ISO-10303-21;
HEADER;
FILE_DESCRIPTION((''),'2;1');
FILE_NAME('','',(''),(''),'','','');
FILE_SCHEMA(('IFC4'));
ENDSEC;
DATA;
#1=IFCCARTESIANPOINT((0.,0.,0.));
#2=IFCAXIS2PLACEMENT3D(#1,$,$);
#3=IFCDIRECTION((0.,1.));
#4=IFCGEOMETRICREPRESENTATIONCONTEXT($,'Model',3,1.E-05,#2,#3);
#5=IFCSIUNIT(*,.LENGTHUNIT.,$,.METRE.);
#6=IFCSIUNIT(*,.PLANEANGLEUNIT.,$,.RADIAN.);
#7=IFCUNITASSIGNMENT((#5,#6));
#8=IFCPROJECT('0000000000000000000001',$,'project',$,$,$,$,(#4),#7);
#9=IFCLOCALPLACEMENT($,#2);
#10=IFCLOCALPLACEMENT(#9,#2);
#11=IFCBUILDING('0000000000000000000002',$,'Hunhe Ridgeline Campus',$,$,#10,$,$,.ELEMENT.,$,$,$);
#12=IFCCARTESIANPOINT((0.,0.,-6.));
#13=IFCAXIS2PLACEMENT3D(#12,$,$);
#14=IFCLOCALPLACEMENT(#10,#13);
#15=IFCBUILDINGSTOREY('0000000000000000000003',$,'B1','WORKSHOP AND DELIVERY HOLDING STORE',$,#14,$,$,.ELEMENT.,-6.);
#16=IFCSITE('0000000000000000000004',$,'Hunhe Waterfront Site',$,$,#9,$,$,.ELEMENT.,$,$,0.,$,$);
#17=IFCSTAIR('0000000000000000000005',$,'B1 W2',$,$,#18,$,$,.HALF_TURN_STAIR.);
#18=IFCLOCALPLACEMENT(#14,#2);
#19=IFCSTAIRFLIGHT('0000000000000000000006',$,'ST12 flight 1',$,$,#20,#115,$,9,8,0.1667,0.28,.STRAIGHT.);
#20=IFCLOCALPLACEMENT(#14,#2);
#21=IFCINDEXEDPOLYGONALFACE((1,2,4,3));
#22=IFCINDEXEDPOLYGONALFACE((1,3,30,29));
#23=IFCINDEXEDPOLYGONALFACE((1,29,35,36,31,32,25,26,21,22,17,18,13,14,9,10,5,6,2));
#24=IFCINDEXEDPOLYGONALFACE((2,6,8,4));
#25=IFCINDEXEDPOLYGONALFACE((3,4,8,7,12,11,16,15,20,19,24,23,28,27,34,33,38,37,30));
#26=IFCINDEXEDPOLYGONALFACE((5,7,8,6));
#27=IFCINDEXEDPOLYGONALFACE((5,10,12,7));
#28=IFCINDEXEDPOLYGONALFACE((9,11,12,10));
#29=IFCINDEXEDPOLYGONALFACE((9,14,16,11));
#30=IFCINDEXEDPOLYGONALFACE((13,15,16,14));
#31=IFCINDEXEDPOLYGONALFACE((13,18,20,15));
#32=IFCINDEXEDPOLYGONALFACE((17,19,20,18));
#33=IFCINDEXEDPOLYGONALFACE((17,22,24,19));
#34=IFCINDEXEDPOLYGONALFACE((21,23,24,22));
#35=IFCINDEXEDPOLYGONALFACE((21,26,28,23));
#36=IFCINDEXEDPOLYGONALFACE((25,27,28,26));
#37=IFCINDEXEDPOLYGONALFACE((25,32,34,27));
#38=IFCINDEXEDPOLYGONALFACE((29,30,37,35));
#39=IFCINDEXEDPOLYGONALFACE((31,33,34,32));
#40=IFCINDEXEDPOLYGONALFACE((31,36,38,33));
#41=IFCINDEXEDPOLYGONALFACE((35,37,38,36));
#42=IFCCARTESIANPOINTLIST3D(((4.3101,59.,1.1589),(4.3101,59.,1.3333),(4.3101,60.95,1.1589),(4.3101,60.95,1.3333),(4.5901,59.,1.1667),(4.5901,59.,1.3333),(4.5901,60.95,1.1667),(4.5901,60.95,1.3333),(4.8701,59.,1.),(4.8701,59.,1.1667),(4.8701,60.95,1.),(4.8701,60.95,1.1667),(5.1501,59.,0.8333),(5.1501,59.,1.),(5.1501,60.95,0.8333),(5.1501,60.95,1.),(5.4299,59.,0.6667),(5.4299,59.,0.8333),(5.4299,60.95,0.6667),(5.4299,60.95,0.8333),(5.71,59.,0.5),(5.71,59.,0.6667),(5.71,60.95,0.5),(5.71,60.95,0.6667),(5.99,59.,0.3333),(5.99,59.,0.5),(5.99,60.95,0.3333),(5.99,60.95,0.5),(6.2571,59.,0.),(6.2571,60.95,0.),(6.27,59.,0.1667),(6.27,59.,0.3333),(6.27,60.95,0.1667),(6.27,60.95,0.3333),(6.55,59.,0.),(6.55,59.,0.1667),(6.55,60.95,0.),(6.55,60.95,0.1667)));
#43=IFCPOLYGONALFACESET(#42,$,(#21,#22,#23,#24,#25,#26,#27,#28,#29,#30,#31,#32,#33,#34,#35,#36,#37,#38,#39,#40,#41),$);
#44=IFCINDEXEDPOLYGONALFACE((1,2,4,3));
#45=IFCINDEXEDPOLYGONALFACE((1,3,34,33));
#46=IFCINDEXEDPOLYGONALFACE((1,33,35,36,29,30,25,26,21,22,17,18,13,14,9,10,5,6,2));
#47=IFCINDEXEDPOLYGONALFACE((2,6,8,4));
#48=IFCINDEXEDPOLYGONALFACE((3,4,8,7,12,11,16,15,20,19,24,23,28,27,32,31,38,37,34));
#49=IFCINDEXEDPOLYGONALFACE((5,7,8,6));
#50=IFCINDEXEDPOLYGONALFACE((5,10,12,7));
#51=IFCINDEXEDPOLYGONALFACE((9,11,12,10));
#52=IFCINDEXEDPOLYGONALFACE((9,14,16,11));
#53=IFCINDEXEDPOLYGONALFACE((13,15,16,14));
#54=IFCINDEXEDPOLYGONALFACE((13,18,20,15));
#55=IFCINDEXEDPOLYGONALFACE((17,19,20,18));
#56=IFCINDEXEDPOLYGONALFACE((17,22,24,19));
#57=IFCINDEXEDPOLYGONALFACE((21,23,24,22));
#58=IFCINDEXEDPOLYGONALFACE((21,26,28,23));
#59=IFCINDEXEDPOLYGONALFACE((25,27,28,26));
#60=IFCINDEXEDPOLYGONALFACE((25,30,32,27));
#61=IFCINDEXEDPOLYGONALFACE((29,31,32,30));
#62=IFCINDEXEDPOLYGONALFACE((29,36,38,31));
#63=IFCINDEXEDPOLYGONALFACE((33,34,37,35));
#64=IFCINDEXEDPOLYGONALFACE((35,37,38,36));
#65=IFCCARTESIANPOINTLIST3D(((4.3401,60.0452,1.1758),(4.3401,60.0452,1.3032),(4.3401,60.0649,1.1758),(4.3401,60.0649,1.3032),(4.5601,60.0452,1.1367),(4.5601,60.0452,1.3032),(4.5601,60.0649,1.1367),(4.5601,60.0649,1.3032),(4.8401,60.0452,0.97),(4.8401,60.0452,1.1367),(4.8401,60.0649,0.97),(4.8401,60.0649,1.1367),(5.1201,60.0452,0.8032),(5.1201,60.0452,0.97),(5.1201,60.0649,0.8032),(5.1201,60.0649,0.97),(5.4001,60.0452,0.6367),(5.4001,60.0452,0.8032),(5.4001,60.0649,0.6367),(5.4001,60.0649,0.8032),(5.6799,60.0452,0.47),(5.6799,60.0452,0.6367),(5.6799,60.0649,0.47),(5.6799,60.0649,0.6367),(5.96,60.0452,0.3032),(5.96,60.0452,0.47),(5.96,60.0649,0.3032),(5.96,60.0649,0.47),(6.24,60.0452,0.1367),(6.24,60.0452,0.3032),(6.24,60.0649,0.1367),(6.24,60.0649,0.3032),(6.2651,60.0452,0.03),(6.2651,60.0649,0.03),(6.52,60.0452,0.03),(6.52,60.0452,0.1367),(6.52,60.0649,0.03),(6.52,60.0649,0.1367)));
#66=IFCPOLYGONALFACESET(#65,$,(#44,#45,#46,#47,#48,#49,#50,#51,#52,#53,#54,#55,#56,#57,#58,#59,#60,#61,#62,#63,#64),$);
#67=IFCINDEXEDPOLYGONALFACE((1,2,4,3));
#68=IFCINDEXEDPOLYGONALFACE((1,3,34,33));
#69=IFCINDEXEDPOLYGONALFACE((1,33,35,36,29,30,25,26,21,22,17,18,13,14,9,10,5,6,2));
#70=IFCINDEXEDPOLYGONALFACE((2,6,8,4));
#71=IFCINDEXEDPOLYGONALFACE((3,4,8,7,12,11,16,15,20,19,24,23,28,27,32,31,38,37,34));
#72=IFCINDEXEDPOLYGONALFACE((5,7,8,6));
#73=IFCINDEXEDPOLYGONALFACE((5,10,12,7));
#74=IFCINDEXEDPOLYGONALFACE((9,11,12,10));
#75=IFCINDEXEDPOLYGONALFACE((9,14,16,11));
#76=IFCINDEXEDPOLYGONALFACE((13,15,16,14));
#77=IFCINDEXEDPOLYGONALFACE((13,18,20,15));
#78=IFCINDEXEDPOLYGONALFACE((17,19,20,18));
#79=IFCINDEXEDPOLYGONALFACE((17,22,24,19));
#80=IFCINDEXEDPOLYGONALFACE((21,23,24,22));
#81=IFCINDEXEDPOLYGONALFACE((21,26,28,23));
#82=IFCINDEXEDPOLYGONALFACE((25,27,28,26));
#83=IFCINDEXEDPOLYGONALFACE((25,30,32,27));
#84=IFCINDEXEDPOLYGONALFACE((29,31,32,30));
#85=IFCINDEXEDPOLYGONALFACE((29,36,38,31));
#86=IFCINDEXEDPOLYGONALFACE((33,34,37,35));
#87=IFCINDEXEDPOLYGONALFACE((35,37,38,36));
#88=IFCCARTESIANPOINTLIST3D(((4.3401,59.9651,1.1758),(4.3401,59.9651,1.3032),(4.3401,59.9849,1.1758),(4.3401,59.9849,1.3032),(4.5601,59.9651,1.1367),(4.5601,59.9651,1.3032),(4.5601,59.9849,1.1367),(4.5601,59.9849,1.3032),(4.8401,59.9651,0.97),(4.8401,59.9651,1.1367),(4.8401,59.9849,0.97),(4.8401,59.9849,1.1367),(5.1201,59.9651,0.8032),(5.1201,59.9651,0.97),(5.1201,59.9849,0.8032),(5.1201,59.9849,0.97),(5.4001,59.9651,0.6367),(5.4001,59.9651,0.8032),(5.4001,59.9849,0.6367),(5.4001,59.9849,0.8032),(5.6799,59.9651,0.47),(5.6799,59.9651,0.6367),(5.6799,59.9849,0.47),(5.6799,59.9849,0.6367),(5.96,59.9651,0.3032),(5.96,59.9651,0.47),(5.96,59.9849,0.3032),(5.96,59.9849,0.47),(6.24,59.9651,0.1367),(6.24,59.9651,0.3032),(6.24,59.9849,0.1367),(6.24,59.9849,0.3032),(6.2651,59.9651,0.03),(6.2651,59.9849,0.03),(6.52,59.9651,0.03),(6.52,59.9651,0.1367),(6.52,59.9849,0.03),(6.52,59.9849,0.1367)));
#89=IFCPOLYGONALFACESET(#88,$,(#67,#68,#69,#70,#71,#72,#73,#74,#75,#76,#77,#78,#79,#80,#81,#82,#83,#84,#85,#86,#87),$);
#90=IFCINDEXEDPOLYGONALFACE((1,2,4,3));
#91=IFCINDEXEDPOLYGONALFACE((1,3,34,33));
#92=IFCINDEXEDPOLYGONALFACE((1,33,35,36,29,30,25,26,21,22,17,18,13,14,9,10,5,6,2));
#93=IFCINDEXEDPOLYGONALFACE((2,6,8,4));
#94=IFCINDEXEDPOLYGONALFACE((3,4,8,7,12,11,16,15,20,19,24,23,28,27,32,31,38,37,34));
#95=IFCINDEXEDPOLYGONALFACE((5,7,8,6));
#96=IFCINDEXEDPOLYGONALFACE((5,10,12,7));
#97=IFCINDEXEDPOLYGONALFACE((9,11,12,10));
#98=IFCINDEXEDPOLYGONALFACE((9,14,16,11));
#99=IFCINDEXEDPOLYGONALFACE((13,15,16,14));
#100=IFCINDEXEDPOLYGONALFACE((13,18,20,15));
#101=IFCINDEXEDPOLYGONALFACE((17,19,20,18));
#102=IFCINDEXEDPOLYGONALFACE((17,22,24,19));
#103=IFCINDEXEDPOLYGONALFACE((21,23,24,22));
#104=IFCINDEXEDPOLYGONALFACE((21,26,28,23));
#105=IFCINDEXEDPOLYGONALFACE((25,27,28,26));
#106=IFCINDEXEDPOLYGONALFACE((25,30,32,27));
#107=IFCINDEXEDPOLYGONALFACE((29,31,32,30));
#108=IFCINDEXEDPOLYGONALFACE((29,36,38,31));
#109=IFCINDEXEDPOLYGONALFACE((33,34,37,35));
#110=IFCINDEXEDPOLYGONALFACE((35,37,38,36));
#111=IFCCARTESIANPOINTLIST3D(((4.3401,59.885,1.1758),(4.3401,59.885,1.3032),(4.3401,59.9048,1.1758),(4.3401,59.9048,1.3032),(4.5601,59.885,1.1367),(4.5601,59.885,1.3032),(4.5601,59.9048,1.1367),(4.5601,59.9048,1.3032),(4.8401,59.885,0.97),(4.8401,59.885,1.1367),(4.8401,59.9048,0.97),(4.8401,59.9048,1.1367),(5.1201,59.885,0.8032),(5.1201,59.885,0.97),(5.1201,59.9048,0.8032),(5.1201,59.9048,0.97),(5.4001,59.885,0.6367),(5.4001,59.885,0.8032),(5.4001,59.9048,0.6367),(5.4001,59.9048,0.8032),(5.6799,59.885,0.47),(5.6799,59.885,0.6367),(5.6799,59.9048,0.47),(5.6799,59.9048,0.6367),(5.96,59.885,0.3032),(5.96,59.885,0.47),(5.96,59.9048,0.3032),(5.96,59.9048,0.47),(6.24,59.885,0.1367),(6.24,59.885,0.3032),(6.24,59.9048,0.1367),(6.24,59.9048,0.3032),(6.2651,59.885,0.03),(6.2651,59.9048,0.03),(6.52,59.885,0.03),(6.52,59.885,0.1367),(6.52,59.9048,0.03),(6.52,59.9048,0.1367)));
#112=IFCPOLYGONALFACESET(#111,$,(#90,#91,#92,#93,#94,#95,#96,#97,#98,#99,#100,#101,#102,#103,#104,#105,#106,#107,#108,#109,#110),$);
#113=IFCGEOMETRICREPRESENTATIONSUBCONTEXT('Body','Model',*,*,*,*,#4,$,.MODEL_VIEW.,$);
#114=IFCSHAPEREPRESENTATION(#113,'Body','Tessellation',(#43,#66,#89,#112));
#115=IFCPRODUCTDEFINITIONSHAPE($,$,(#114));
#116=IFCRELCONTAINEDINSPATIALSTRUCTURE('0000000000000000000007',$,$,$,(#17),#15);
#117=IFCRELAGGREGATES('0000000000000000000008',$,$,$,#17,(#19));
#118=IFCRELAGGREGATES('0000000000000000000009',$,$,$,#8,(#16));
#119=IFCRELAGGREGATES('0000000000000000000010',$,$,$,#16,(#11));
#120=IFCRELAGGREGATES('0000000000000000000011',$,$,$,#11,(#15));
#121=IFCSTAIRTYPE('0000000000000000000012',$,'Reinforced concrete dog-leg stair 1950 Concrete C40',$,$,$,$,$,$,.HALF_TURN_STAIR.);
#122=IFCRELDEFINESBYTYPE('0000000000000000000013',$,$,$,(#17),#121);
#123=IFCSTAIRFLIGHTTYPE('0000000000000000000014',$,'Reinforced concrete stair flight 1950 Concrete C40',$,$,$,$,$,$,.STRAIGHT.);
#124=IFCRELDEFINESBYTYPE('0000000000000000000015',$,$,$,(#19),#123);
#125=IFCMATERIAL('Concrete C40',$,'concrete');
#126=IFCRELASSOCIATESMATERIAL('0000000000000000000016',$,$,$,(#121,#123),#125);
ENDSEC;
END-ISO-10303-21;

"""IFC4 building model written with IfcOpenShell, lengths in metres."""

from ifc_helpers import new_model, si_unit, direction, frame, origin, place, context, subcontext, project, spatial, polyline, outline, extrude, material, type_object, element, aggregate, save


model = new_model("IFC4")

# Units and contexts
model_context = context("Model", 3, precision=1e-05, world=origin(), true_north=direction((0.0, 1.0)))
body_context = subcontext(model_context, "Body", "Model", "MODEL_VIEW")
ifc_project = project(units=[si_unit("LENGTHUNIT", "METRE"), si_unit("PLANEANGLEUNIT", "RADIAN")], contexts=[model_context])

# Site, building, storey
site_placement = place(None, origin())
site = spatial("IfcSite", under=ifc_project, at=site_placement, Name="Hunhe Waterfront Site", CompositionType="ELEMENT", RefElevation=0.0)
building_placement = place(site_placement, origin())
building = spatial("IfcBuilding", under=site, at=building_placement, Name="Hunhe Ridgeline Campus", CompositionType="ELEMENT")
storey_placement = place(building_placement, frame((0.0, 0.0, -6.0)))
storey = spatial("IfcBuildingStorey", under=building, at=storey_placement, Name="B1", Description="WORKSHOP AND DELIVERY HOLDING STORE", CompositionType="ELEMENT", Elevation=-6.0)

# Stair, stair flight
ifc_material_1 = material(Name="Concrete C40", Category="concrete")
stair_type = type_object("IfcStairType", Name="Reinforced concrete dog-leg stair 1950 Concrete C40", PredefinedType="HALF_TURN_STAIR", material=ifc_material_1)
stair_placement = place(storey_placement, origin())
stair = element("IfcStair", 1, at=stair_placement, inside=storey, type_object=stair_type, Name="B1 W2", PredefinedType="HALF_TURN_STAIR")
stair_flight_type = type_object("IfcStairFlightType", Name="Reinforced concrete stair flight 1950 Concrete C40", PredefinedType="STRAIGHT", material=ifc_material_1)
stair_flight_1_placement = place(storey_placement, frame((6.55, 59.9751, 0.0), z_axis=(0.0, 0.0, 1.0), x_axis=(-1.0, 0.0, 0.0)))
stair_flight_1 = element("IfcStairFlight", 2, at=stair_flight_1_placement, type_object=stair_flight_type, Name="ST12 flight 1", NumberOfRisers=9, NumberOfTreads=8, PredefinedType="STRAIGHT", RiserHeight=0.1667, TreadLength=0.28, context=body_context, shape_type="SweptSolid", body=[
    extrude(outline(polyline([(0.0, 0.0), (0.0, 0.1667), (0.28, 0.1667), (0.28, 0.3333), (0.5601, 0.3333), (0.5601, 0.5), (0.8401, 0.5), (0.8401, 0.6667), (1.1201, 0.6667), (1.1201, 0.8333), (1.3999, 0.8333), (1.3999, 1.0), (1.6799, 1.0), (1.6799, 1.1667), (1.96, 1.1667), (1.96, 1.3333), (2.24, 1.3333), (2.24, 1.5), (2.24, 1.1589), (0.293, 0.0), (0.0, 0.0)])), frame((0.0, 0.9751, 0.0), z_axis=(0.0, -1.0, 0.0), x_axis=(1.0, 0.0, 0.0)), (0.0, 0.0, 1.0), 1.95),
    extrude(outline(polyline([(0.03, 0.03), (0.03, 0.1367), (0.3101, 0.1367), (0.3101, 0.3032), (0.5901, 0.3032), (0.5901, 0.47), (0.8701, 0.47), (0.8701, 0.6367), (1.1499, 0.6367), (1.1499, 0.8032), (1.4299, 0.8032), (1.4299, 0.97), (1.71, 0.97), (1.71, 1.1367), (1.99, 1.1367), (1.99, 1.3032), (2.21, 1.3032), (2.21, 1.1758), (0.2849, 0.03), (0.03, 0.03)])), frame((0.0, -0.0701, 0.0), z_axis=(0.0, -1.0, 0.0), x_axis=(1.0, 0.0, 0.0)), (0.0, 0.0, 1.0), 0.0198),
    extrude(outline(polyline([(0.03, 0.03), (0.03, 0.1367), (0.3101, 0.1367), (0.3101, 0.3032), (0.5901, 0.3032), (0.5901, 0.47), (0.8701, 0.47), (0.8701, 0.6367), (1.1499, 0.6367), (1.1499, 0.8032), (1.4299, 0.8032), (1.4299, 0.97), (1.71, 0.97), (1.71, 1.1367), (1.99, 1.1367), (1.99, 1.3032), (2.21, 1.3032), (2.21, 1.1758), (0.2849, 0.03), (0.03, 0.03)])), frame((0.0, 0.01, 0.0), z_axis=(0.0, -1.0, 0.0), x_axis=(1.0, 0.0, 0.0)), (0.0, 0.0, 1.0), 0.0198),
    extrude(outline(polyline([(0.03, 0.03), (0.03, 0.1367), (0.3101, 0.1367), (0.3101, 0.3032), (0.5901, 0.3032), (0.5901, 0.47), (0.8701, 0.47), (0.8701, 0.6367), (1.1499, 0.6367), (1.1499, 0.8032), (1.4299, 0.8032), (1.4299, 0.97), (1.71, 0.97), (1.71, 1.1367), (1.99, 1.1367), (1.99, 1.3032), (2.21, 1.3032), (2.21, 1.1758), (0.2849, 0.03), (0.03, 0.03)])), frame((0.0, 0.0901, 0.0), z_axis=(0.0, -1.0, 0.0), x_axis=(1.0, 0.0, 0.0)), (0.0, 0.0, 1.0), 0.0198),
])
aggregate(stair, [stair_flight_1])

save(model, "model.ifc")
